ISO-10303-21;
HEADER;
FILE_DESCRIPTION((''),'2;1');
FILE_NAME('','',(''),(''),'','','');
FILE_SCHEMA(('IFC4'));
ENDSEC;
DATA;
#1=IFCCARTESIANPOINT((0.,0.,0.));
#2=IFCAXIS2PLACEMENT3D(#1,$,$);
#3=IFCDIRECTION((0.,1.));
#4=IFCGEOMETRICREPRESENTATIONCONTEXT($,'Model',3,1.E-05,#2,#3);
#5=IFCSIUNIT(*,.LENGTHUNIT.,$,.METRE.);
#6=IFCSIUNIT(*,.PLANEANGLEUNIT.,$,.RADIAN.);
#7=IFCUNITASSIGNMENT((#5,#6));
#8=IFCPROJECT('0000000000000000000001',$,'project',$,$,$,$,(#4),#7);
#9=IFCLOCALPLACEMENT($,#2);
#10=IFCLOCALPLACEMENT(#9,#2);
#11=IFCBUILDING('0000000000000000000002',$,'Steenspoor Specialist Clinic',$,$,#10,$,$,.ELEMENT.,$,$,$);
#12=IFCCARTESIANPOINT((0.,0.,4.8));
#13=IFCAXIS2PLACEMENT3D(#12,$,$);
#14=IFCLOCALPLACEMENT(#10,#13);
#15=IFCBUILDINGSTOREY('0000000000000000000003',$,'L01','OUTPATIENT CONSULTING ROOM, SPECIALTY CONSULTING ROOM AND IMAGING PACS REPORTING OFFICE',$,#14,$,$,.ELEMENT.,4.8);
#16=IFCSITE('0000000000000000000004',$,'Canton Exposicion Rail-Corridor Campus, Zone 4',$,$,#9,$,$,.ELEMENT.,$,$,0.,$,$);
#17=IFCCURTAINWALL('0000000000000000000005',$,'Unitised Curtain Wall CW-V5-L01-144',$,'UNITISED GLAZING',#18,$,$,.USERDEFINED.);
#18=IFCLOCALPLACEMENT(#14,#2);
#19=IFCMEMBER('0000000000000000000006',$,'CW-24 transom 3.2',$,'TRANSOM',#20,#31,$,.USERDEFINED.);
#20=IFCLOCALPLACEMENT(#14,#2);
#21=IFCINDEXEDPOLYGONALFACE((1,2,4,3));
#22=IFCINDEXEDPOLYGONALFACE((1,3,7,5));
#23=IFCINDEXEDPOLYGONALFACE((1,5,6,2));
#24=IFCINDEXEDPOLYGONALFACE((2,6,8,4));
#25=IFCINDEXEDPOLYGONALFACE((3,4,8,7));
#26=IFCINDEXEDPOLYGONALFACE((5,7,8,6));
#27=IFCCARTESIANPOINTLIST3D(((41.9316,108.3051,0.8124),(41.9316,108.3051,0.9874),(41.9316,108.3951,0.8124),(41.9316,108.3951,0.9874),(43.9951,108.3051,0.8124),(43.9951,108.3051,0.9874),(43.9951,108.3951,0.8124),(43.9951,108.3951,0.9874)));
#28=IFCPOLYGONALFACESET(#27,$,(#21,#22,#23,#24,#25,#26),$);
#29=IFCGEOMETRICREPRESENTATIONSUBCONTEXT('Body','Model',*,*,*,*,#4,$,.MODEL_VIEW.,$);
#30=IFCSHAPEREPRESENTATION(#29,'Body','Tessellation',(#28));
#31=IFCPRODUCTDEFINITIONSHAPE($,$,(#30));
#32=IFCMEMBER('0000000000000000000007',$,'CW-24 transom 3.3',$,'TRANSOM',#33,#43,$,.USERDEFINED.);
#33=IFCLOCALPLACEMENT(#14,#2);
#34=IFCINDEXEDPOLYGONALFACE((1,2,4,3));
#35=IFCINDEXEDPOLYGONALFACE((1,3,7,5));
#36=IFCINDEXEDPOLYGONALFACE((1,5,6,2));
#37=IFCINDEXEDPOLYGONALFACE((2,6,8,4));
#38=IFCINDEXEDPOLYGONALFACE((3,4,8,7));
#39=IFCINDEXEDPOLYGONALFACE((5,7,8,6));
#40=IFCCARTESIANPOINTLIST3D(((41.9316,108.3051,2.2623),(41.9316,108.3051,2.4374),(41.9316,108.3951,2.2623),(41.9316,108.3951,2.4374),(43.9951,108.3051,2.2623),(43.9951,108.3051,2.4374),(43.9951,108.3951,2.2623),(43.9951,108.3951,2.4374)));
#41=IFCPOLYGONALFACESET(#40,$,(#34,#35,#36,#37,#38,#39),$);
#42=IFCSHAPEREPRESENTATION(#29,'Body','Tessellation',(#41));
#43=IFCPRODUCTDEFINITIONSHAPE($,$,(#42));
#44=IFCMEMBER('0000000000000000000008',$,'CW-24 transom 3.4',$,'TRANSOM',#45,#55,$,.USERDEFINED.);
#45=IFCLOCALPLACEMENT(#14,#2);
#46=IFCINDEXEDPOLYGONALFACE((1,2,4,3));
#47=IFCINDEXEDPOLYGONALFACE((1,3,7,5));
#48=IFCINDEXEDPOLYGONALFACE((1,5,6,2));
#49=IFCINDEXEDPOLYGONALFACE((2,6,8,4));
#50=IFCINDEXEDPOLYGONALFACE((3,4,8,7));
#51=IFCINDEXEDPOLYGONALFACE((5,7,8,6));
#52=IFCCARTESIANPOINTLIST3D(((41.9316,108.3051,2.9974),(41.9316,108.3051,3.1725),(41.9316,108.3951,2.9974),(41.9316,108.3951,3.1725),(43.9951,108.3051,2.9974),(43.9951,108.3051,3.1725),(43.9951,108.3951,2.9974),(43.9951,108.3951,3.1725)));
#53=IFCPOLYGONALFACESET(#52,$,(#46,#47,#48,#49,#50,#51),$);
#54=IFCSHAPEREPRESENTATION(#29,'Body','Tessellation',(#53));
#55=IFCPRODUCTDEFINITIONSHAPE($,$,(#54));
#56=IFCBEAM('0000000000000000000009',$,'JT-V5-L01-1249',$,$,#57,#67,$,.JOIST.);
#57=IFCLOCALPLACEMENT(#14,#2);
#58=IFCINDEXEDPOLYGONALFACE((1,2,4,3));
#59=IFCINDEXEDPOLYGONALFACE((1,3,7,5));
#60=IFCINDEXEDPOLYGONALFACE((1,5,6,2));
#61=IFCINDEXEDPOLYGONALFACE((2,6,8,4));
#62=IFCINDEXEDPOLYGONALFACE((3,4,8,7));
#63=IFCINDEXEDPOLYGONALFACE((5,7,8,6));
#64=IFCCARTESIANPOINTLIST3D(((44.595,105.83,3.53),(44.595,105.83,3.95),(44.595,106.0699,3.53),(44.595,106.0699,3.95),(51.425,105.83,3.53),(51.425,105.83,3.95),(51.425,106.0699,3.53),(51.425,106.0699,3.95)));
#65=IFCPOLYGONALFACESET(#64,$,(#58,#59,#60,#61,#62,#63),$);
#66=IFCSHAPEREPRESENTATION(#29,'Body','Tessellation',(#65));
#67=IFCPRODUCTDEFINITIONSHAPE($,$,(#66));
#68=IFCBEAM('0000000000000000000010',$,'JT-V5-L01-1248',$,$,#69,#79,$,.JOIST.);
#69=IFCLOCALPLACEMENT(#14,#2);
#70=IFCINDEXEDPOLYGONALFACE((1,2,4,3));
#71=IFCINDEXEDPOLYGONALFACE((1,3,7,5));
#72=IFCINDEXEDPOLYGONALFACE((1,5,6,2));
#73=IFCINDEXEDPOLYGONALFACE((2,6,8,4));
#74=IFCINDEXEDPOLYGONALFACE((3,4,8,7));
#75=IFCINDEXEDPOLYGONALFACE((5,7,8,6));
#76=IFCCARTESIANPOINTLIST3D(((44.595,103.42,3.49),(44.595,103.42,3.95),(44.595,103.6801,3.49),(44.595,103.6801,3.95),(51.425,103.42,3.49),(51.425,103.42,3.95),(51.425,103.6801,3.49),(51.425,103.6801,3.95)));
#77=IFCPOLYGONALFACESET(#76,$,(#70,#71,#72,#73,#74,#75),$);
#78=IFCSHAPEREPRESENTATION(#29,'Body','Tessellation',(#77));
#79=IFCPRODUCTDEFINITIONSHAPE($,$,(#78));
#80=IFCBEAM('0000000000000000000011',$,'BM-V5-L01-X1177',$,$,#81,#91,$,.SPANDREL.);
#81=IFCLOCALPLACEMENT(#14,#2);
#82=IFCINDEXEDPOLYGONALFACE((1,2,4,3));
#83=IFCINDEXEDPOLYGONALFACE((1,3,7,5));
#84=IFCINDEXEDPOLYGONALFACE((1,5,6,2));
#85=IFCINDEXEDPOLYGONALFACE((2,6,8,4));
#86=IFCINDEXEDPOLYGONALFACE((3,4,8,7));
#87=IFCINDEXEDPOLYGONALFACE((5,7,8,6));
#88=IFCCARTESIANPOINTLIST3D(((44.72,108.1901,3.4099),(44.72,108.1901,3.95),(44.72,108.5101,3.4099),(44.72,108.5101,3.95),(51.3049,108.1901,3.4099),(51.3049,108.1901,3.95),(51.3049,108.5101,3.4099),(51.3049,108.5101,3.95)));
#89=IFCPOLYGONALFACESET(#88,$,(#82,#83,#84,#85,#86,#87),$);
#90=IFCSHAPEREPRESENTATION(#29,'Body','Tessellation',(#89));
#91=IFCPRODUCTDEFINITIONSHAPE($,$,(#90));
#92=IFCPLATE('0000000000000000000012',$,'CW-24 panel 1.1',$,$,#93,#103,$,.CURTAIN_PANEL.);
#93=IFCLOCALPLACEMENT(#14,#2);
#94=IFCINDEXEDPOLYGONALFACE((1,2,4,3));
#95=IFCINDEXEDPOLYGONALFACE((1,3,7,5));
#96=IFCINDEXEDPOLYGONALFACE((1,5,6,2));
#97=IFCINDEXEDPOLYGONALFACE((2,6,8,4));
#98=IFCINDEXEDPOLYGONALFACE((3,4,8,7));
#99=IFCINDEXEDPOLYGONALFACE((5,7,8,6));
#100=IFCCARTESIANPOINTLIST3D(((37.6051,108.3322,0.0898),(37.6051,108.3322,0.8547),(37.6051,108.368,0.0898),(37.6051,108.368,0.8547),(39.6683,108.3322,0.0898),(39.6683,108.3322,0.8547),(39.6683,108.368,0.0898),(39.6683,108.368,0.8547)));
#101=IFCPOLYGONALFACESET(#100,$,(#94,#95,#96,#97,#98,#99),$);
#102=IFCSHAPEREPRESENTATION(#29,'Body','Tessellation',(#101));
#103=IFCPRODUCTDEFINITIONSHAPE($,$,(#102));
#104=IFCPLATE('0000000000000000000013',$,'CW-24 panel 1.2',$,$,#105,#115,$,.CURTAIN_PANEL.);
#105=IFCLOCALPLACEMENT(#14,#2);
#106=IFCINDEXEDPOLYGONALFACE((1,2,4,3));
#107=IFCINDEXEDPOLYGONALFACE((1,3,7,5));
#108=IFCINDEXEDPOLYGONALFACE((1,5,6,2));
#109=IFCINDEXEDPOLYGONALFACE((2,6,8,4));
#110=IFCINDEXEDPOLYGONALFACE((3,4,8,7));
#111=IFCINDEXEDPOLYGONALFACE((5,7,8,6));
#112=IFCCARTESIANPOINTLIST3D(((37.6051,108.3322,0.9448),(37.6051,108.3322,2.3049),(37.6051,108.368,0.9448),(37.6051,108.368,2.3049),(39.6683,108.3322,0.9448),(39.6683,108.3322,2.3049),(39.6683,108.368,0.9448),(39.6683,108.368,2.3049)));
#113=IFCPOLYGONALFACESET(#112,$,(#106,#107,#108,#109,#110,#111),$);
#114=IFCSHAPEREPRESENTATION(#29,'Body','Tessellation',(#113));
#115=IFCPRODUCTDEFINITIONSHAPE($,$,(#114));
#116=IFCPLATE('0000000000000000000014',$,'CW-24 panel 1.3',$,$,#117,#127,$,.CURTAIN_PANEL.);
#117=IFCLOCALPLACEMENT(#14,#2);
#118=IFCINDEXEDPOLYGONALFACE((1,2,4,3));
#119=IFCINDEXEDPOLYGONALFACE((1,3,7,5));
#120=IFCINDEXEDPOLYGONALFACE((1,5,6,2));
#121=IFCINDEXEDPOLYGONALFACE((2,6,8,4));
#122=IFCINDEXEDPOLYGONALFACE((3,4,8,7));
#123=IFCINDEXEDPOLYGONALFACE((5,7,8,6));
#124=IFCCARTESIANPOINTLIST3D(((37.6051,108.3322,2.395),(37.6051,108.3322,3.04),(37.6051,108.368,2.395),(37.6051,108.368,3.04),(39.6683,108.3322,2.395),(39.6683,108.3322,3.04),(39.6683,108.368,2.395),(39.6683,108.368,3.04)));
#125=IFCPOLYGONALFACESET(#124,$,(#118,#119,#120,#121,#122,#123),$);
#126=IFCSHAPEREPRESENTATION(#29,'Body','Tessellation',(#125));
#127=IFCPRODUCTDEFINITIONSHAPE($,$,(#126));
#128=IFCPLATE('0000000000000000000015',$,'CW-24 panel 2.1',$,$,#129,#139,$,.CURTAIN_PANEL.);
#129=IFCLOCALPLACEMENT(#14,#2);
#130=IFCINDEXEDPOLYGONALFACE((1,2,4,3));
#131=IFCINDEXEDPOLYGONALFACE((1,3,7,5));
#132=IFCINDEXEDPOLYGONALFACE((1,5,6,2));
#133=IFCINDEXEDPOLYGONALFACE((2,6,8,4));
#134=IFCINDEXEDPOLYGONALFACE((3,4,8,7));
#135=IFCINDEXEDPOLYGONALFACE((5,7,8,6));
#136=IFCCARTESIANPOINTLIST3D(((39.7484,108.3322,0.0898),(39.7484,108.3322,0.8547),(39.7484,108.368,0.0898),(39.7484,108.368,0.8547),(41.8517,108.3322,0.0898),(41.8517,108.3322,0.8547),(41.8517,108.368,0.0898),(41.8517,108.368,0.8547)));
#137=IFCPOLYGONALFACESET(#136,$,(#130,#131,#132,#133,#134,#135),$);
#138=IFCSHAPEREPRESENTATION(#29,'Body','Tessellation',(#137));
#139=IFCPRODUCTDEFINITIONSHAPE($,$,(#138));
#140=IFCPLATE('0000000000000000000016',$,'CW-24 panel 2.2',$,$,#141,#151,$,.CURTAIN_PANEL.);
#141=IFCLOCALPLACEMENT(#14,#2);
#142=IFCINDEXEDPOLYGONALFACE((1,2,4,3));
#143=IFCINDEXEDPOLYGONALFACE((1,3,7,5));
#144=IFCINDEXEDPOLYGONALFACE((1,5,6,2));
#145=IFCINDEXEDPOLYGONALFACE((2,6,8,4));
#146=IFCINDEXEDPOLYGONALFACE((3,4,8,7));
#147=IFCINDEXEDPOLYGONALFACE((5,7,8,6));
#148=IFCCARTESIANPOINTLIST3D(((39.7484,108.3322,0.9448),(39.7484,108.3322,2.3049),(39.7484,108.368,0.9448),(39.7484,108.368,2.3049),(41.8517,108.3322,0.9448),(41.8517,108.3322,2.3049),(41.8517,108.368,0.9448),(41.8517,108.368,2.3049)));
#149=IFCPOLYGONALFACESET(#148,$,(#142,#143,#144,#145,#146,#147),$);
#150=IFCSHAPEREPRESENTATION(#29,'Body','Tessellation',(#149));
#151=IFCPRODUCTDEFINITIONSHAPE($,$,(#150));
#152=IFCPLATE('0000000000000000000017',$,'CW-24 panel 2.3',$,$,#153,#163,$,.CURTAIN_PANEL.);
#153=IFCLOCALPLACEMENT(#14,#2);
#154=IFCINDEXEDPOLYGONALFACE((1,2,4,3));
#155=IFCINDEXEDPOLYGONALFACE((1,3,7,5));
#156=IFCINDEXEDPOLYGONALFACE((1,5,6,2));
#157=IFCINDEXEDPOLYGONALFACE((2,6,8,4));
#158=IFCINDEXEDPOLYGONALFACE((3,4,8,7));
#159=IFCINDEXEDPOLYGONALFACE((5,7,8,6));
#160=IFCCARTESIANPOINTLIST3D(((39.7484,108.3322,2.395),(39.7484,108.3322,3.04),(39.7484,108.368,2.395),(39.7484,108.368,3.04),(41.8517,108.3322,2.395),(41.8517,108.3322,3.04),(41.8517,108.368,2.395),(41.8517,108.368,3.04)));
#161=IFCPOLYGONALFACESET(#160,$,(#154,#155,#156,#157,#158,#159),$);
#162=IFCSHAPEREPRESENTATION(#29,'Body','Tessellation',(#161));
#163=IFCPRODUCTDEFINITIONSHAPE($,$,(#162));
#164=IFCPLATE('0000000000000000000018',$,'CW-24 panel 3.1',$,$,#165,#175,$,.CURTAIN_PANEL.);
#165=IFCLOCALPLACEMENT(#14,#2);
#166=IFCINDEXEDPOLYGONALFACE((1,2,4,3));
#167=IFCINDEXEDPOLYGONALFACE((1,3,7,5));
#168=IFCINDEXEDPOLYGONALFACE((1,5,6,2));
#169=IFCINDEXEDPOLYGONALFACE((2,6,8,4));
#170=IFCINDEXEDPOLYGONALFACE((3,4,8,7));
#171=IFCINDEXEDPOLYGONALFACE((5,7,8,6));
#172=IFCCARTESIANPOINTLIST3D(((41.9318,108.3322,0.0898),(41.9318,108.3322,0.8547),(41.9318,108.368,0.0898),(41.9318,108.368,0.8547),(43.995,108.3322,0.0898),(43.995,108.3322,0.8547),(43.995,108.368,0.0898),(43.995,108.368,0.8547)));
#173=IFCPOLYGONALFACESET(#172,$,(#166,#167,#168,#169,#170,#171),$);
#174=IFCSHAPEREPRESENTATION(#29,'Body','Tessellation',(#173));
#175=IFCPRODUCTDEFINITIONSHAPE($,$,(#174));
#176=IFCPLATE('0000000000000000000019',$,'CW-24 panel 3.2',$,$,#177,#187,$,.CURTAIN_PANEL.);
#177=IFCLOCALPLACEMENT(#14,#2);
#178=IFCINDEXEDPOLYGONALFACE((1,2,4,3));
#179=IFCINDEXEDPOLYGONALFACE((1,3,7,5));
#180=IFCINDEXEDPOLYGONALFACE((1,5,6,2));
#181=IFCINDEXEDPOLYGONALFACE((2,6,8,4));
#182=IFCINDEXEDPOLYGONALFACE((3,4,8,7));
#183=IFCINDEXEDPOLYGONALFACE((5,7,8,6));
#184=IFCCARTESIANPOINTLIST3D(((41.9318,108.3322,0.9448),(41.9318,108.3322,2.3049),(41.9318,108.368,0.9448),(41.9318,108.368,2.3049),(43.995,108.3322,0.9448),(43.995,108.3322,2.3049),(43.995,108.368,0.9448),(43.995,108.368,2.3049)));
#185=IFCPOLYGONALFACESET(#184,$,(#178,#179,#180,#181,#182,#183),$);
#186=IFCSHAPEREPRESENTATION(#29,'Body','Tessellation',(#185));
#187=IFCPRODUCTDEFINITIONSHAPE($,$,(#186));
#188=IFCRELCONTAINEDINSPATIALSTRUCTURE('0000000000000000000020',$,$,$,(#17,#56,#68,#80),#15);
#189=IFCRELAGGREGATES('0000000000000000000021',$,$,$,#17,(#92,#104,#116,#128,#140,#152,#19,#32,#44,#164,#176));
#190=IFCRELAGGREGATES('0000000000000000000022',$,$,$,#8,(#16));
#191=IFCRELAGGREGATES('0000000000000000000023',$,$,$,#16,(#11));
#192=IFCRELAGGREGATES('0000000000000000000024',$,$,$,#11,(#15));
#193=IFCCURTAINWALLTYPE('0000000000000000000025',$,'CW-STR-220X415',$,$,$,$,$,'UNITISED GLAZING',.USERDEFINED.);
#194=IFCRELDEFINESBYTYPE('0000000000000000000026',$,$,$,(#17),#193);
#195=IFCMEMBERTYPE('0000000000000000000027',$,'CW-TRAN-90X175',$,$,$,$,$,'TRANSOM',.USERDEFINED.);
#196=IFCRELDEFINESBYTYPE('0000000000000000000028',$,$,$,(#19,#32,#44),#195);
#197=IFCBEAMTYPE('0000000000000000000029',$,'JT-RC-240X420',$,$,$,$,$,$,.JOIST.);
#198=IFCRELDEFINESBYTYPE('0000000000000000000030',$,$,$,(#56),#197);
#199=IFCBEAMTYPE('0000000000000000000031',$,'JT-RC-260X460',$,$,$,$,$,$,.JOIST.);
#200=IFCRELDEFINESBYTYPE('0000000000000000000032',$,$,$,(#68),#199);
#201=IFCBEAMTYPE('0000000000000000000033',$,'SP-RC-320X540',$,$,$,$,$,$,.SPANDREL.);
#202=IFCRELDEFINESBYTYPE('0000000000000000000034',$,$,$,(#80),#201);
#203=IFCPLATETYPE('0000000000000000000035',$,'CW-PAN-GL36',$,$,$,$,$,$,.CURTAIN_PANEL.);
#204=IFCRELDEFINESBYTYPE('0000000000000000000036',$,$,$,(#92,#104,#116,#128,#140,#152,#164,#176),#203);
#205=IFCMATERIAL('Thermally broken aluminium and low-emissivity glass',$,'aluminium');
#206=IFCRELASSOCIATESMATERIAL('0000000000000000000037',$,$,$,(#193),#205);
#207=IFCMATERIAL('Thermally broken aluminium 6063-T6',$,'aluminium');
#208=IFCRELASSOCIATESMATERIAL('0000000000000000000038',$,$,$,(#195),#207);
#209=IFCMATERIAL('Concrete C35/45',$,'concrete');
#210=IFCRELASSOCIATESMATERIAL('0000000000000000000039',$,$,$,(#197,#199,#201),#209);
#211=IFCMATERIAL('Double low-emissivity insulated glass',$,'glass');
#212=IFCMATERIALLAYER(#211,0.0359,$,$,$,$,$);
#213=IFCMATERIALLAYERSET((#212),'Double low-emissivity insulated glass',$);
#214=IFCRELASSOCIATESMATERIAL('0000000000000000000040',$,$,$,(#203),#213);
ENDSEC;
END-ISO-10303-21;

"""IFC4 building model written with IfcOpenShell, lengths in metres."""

from ifc_helpers import new_model, si_unit, direction, frame, origin, origin_2d, place, context, subcontext, project, spatial, rectangle, extrude, material, layer, layer_set, material_profile, profile_set, type_object, element, aggregate, save


model = new_model("IFC4")

# Units and contexts
model_context = context("Model", 3, precision=1e-05, world=origin(), true_north=direction((0.0, 1.0)))
body_context = subcontext(model_context, "Body", "Model", "MODEL_VIEW")
ifc_project = project(units=[si_unit("LENGTHUNIT", "METRE"), si_unit("PLANEANGLEUNIT", "RADIAN")], contexts=[model_context])

# Site, building, storey
site_placement = place(None, origin())
site = spatial("IfcSite", under=ifc_project, at=site_placement, Name="Canton Exposicion Rail-Corridor Campus, Zone 4", CompositionType="ELEMENT", RefElevation=0.0)
building_placement = place(site_placement, origin())
building = spatial("IfcBuilding", under=site, at=building_placement, Name="Steenspoor Specialist Clinic", CompositionType="ELEMENT")
storey_placement = place(building_placement, frame((0.0, 0.0, 4.8)))
storey = spatial("IfcBuildingStorey", under=building, at=storey_placement, Name="L01", Description="OUTPATIENT CONSULTING ROOM, SPECIALTY CONSULTING ROOM AND IMAGING PACS REPORTING OFFICE", CompositionType="ELEMENT", Elevation=4.8)

# Shared definitions
ifc_material_1 = material(Name="Concrete C35/45", Category="concrete")

# Curtain wall, members
ifc_material_2 = material(Name="Thermally broken aluminium and low-emissivity glass", Category="aluminium")
curtain_wall_type = type_object("IfcCurtainWallType", Name="CW-STR-220X415", ElementType="UNITISED GLAZING", PredefinedType="USERDEFINED", material=ifc_material_2)
curtain_wall_placement = place(storey_placement, origin())
curtain_wall = element("IfcCurtainWall", 1, at=curtain_wall_placement, inside=storey, type_object=curtain_wall_type, Name="Unitised Curtain Wall CW-V5-L01-144", ObjectType="UNITISED GLAZING", PredefinedType="USERDEFINED")
ifc_material_3 = material(Name="Thermally broken aluminium 6063-T6", Category="aluminium")
ifc_material_profile_1 = material_profile(ifc_material_3, rectangle(XDim=0.0901, YDim=0.175, at=origin_2d()), Name="CWT-90X175")
ifc_profile_set_1 = profile_set([ifc_material_profile_1], Name="Thermally broken aluminium 6063-T6")
member_type_1 = type_object("IfcMemberType", Name="CW-TRAN-90X175", ElementType="TRANSOM", PredefinedType="USERDEFINED", material=ifc_profile_set_1)
member_1_placement = place(storey_placement, frame((41.9316, 108.3501, 0.8999), z_axis=(1.0, 0.0, 0.0), x_axis=(0.0, 1.0, 0.0)))
member_1 = element("IfcMember", 2, at=member_1_placement, type_object=member_type_1, Name="CW-24 transom 3.2", ObjectType="TRANSOM", PredefinedType="USERDEFINED", context=body_context, shape_type="SweptSolid", body=[
    extrude(rectangle(XDim=0.0901, YDim=0.175, at=origin_2d()), origin(), (0.0, 0.0, 1.0), 2.0635),
])
member_2_placement = place(storey_placement, frame((41.9316, 108.3501, 2.3499), z_axis=(1.0, 0.0, 0.0), x_axis=(0.0, 1.0, 0.0)))
member_2 = element("IfcMember", 3, at=member_2_placement, type_object=member_type_1, Name="CW-24 transom 3.3", ObjectType="TRANSOM", PredefinedType="USERDEFINED", context=body_context, shape_type="SweptSolid", body=[
    extrude(rectangle(XDim=0.0901, YDim=0.175, at=origin_2d()), origin(), (0.0, 0.0, 1.0), 2.0635),
])
member_3_placement = place(storey_placement, frame((41.9316, 108.3501, 3.085), z_axis=(1.0, 0.0, 0.0), x_axis=(0.0, 1.0, 0.0)))
member_3 = element("IfcMember", 4, at=member_3_placement, type_object=member_type_1, Name="CW-24 transom 3.4", ObjectType="TRANSOM", PredefinedType="USERDEFINED", context=body_context, shape_type="SweptSolid", body=[
    extrude(rectangle(XDim=0.0901, YDim=0.175, at=origin_2d()), origin(), (0.0, 0.0, 1.0), 2.0635),
])

# Beams
ifc_material_profile_2 = material_profile(ifc_material_1, rectangle(XDim=0.24, YDim=0.4199, at=origin_2d()), Name="RC-JT-240X420")
ifc_profile_set_2 = profile_set([ifc_material_profile_2], Name="Concrete C35/45")
beam_type_1 = type_object("IfcBeamType", Name="JT-RC-240X420", PredefinedType="JOIST", material=ifc_profile_set_2)
beam_1_placement = place(storey_placement, frame((44.595, 105.95, 3.74), z_axis=(1.0, 0.0, 0.0), x_axis=(0.0, 1.0, 0.0)))
element("IfcBeam", 5, at=beam_1_placement, inside=storey, type_object=beam_type_1, Name="JT-V5-L01-1249", PredefinedType="JOIST", context=body_context, shape_type="SweptSolid", body=[
    extrude(rectangle(XDim=0.24, YDim=0.4199, at=origin_2d()), origin(), (0.0, 0.0, 1.0), 6.8301),
])
ifc_material_profile_3 = material_profile(ifc_material_1, rectangle(XDim=0.26, YDim=0.46, at=origin_2d()), Name="RC-JT-260X460")
ifc_profile_set_3 = profile_set([ifc_material_profile_3], Name="Concrete C35/45")
beam_type_2 = type_object("IfcBeamType", Name="JT-RC-260X460", PredefinedType="JOIST", material=ifc_profile_set_3)
beam_2_placement = place(storey_placement, frame((44.595, 103.55, 3.72), z_axis=(1.0, 0.0, 0.0), x_axis=(0.0, 1.0, 0.0)))
element("IfcBeam", 6, at=beam_2_placement, inside=storey, type_object=beam_type_2, Name="JT-V5-L01-1248", PredefinedType="JOIST", context=body_context, shape_type="SweptSolid", body=[
    extrude(rectangle(XDim=0.26, YDim=0.46, at=origin_2d()), origin(), (0.0, 0.0, 1.0), 6.8301),
])
ifc_material_profile_4 = material_profile(ifc_material_1, rectangle(XDim=0.3201, YDim=0.54, at=origin_2d()), Name="RC-SP-320X540")
ifc_profile_set_4 = profile_set([ifc_material_profile_4], Name="Concrete C35/45")
beam_type_3 = type_object("IfcBeamType", Name="SP-RC-320X540", PredefinedType="SPANDREL", material=ifc_profile_set_4)
beam_3_placement = place(storey_placement, frame((44.72, 108.3501, 3.6799), z_axis=(1.0, 0.0, 0.0), x_axis=(0.0, 1.0, 0.0)))
element("IfcBeam", 7, at=beam_3_placement, inside=storey, type_object=beam_type_3, Name="BM-V5-L01-X1177", PredefinedType="SPANDREL", context=body_context, shape_type="SweptSolid", body=[
    extrude(rectangle(XDim=0.3201, YDim=0.54, at=origin_2d()), origin(), (0.0, 0.0, 1.0), 6.585),
])

# Plates
ifc_material_4 = material(Name="Double low-emissivity insulated glass", Category="glass")
ifc_layer_1 = layer(ifc_material_4, 0.0359)
ifc_layer_set_1 = layer_set([ifc_layer_1], Name="Double low-emissivity insulated glass")
plate_type = type_object("IfcPlateType", Name="CW-PAN-GL36", PredefinedType="CURTAIN_PANEL", material=ifc_layer_set_1)
plate_1_placement = place(storey_placement, frame((38.6367, 108.3501, 0.0898), z_axis=(0.0, 0.0, 1.0), x_axis=(1.0, 0.0, 0.0)))
plate_1 = element("IfcPlate", 8, at=plate_1_placement, type_object=plate_type, Name="CW-24 panel 1.1", PredefinedType="CURTAIN_PANEL", context=body_context, shape_type="SweptSolid", body=[
    extrude(rectangle(XDim=2.0632, YDim=0.0359, at=origin_2d()), origin(), (0.0, 0.0, 1.0), 0.7649),
])
plate_2_placement = place(storey_placement, frame((38.6367, 108.3501, 0.9448), z_axis=(0.0, 0.0, 1.0), x_axis=(1.0, 0.0, 0.0)))
plate_2 = element("IfcPlate", 9, at=plate_2_placement, type_object=plate_type, Name="CW-24 panel 1.2", PredefinedType="CURTAIN_PANEL", context=body_context, shape_type="SweptSolid", body=[
    extrude(rectangle(XDim=2.0632, YDim=0.0359, at=origin_2d()), origin(), (0.0, 0.0, 1.0), 1.3601),
])
plate_3_placement = place(storey_placement, frame((38.6367, 108.3501, 2.395), z_axis=(0.0, 0.0, 1.0), x_axis=(1.0, 0.0, 0.0)))
plate_3 = element("IfcPlate", 10, at=plate_3_placement, type_object=plate_type, Name="CW-24 panel 1.3", PredefinedType="CURTAIN_PANEL", context=body_context, shape_type="SweptSolid", body=[
    extrude(rectangle(XDim=2.0632, YDim=0.0359, at=origin_2d()), origin(), (0.0, 0.0, 1.0), 0.645),
])
plate_4_placement = place(storey_placement, frame((40.8, 108.3501, 0.0898), z_axis=(0.0, 0.0, 1.0), x_axis=(1.0, 0.0, 0.0)))
plate_4 = element("IfcPlate", 11, at=plate_4_placement, type_object=plate_type, Name="CW-24 panel 2.1", PredefinedType="CURTAIN_PANEL", context=body_context, shape_type="SweptSolid", body=[
    extrude(rectangle(XDim=2.1033, YDim=0.0359, at=origin_2d()), origin(), (0.0, 0.0, 1.0), 0.7649),
])
plate_5_placement = place(storey_placement, frame((40.8, 108.3501, 0.9448), z_axis=(0.0, 0.0, 1.0), x_axis=(1.0, 0.0, 0.0)))
plate_5 = element("IfcPlate", 12, at=plate_5_placement, type_object=plate_type, Name="CW-24 panel 2.2", PredefinedType="CURTAIN_PANEL", context=body_context, shape_type="SweptSolid", body=[
    extrude(rectangle(XDim=2.1033, YDim=0.0359, at=origin_2d()), origin(), (0.0, 0.0, 1.0), 1.3601),
])
plate_6_placement = place(storey_placement, frame((40.8, 108.3501, 2.395), z_axis=(0.0, 0.0, 1.0), x_axis=(1.0, 0.0, 0.0)))
plate_6 = element("IfcPlate", 13, at=plate_6_placement, type_object=plate_type, Name="CW-24 panel 2.3", PredefinedType="CURTAIN_PANEL", context=body_context, shape_type="SweptSolid", body=[
    extrude(rectangle(XDim=2.1033, YDim=0.0359, at=origin_2d()), origin(), (0.0, 0.0, 1.0), 0.645),
])
plate_7_placement = place(storey_placement, frame((42.9634, 108.3501, 0.0898), z_axis=(0.0, 0.0, 1.0), x_axis=(1.0, 0.0, 0.0)))
plate_7 = element("IfcPlate", 14, at=plate_7_placement, type_object=plate_type, Name="CW-24 panel 3.1", PredefinedType="CURTAIN_PANEL", context=body_context, shape_type="SweptSolid", body=[
    extrude(rectangle(XDim=2.0632, YDim=0.0359, at=origin_2d()), origin(), (0.0, 0.0, 1.0), 0.7649),
])
plate_8_placement = place(storey_placement, frame((42.9634, 108.3501, 0.9448), z_axis=(0.0, 0.0, 1.0), x_axis=(1.0, 0.0, 0.0)))
plate_8 = element("IfcPlate", 15, at=plate_8_placement, type_object=plate_type, Name="CW-24 panel 3.2", PredefinedType="CURTAIN_PANEL", context=body_context, shape_type="SweptSolid", body=[
    extrude(rectangle(XDim=2.0632, YDim=0.0359, at=origin_2d()), origin(), (0.0, 0.0, 1.0), 1.3601),
])
aggregate(curtain_wall, [plate_1, plate_2, plate_3, plate_4, plate_5, plate_6, member_1, member_2, member_3, plate_7, plate_8])

save(model, "model.ifc")
